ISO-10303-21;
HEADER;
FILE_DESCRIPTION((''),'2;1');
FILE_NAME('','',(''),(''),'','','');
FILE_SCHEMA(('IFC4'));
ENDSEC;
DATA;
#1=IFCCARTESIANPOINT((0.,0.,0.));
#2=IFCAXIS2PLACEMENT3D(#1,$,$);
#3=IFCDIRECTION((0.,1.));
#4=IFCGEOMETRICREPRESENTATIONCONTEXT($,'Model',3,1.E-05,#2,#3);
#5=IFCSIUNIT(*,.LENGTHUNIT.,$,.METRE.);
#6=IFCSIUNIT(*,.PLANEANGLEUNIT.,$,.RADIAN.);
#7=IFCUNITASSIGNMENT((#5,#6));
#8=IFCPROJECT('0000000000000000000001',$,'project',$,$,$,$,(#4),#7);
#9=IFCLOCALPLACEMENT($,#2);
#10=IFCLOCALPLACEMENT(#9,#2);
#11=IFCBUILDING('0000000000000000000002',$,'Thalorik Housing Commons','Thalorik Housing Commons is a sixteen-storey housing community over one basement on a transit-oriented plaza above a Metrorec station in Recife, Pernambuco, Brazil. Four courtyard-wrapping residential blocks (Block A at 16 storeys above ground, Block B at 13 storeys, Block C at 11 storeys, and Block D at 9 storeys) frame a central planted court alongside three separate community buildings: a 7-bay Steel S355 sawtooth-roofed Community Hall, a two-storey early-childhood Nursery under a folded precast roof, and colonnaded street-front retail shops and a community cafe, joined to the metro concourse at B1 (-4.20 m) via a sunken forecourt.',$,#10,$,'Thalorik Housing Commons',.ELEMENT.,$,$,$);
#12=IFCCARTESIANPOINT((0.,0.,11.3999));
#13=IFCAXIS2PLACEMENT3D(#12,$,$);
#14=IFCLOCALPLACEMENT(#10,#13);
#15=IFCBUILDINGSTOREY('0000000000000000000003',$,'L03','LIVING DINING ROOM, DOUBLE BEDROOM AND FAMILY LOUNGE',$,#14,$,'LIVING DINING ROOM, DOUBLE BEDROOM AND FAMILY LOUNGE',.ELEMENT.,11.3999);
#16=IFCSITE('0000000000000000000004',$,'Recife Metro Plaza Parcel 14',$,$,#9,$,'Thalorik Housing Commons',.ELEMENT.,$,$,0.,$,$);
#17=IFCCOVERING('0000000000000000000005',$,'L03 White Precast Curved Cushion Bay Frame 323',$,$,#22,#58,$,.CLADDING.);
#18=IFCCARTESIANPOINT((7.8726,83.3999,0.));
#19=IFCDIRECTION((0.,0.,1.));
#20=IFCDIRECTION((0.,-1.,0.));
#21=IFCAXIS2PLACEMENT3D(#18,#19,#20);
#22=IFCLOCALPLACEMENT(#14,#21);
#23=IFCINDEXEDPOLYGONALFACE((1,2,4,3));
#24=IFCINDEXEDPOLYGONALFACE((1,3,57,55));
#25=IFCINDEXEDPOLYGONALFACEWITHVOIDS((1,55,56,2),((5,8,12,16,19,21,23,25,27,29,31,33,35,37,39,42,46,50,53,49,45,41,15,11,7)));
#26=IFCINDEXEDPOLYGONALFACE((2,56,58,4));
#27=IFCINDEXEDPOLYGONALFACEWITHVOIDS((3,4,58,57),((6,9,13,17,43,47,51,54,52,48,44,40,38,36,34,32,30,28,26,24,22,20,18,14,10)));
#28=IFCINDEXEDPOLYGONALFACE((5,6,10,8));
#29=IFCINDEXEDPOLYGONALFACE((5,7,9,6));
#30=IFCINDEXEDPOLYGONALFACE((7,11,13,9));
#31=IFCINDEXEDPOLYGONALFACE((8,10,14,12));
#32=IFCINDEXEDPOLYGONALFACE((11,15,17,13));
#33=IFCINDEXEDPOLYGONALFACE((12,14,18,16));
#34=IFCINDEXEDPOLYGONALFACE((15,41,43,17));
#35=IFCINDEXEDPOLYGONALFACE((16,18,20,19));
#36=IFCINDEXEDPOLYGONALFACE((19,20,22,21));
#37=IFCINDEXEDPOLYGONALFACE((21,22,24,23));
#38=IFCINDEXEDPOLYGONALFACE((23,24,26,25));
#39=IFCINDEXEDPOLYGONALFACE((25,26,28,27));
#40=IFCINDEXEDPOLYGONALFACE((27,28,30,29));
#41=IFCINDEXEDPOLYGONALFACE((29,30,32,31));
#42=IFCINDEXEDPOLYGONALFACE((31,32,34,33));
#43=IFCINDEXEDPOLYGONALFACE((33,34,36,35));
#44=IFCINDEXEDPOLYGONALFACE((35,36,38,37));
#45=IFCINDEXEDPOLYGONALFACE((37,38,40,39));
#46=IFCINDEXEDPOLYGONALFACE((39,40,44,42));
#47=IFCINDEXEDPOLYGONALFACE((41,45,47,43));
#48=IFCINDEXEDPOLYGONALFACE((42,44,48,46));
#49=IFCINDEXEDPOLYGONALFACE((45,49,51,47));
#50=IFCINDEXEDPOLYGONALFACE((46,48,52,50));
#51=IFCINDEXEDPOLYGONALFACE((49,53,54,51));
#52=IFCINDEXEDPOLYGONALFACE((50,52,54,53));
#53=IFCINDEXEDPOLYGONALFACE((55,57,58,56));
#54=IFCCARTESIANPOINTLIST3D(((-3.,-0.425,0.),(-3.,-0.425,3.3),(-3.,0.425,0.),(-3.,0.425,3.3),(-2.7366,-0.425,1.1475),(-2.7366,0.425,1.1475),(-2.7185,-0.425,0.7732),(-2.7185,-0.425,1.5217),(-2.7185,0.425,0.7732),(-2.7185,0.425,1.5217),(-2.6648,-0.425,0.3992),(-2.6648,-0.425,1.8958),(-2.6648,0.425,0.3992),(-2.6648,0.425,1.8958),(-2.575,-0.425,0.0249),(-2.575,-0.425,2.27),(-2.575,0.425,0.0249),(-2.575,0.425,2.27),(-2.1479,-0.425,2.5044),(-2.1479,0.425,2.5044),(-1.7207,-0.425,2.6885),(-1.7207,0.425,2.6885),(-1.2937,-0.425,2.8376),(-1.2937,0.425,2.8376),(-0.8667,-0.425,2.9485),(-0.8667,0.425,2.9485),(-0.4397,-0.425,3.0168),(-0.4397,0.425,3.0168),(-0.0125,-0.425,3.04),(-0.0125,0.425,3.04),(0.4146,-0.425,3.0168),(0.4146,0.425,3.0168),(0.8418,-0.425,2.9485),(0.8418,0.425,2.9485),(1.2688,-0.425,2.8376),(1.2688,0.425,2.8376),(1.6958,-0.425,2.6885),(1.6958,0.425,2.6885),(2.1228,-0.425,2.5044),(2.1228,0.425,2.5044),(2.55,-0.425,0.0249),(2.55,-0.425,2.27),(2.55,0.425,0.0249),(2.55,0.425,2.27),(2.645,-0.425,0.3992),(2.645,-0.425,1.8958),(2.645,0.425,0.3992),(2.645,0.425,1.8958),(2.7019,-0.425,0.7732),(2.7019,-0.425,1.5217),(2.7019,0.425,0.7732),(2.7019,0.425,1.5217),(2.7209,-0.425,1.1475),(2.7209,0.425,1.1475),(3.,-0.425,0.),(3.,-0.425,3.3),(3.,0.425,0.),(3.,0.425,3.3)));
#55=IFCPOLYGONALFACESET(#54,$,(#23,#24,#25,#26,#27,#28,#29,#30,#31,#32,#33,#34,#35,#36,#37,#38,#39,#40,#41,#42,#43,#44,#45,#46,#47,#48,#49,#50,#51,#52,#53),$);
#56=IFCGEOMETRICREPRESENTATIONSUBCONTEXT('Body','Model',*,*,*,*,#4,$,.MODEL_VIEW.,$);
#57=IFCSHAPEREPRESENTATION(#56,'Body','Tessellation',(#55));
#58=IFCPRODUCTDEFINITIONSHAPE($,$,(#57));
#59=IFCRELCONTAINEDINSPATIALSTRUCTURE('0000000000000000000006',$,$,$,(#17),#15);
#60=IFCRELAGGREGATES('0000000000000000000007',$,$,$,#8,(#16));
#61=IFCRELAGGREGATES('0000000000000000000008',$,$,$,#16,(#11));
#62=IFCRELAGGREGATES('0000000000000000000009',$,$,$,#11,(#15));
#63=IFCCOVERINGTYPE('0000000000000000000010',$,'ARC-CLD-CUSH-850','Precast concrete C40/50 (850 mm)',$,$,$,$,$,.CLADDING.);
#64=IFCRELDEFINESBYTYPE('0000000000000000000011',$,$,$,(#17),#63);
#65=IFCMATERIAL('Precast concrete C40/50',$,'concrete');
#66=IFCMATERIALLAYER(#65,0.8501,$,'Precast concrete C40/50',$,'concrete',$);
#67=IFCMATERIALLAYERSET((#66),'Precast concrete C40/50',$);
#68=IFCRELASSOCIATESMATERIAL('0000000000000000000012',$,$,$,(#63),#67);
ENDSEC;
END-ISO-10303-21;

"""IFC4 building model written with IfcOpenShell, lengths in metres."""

from ifc_helpers import new_model, si_unit, direction, frame, origin, place, context, subcontext, project, spatial, polyline, outline, extrude, material, layer, layer_set, type_object, element, save


model = new_model("IFC4")

# Units and contexts
model_context = context("Model", 3, precision=1e-05, world=origin(), true_north=direction((0.0, 1.0)))
body_context = subcontext(model_context, "Body", "Model", "MODEL_VIEW")
ifc_project = project(units=[si_unit("LENGTHUNIT", "METRE"), si_unit("PLANEANGLEUNIT", "RADIAN")], contexts=[model_context])

# Site, building, storey
site_placement = place(None, origin())
site = spatial("IfcSite", under=ifc_project, at=site_placement, Name="Recife Metro Plaza Parcel 14", LongName="Thalorik Housing Commons", CompositionType="ELEMENT", RefElevation=0.0)
building_placement = place(site_placement, origin())
building = spatial("IfcBuilding", under=site, at=building_placement, Name="Thalorik Housing Commons", Description="Thalorik Housing Commons is a sixteen-storey housing community over one basement on a transit-oriented plaza above a Metrorec station in Recife, Pernambuco, Brazil. Four courtyard-wrapping residential blocks (Block A at 16 storeys above ground, Block B at 13 storeys, Block C at 11 storeys, and Block D at 9 storeys) frame a central planted court alongside three separate community buildings: a 7-bay Steel S355 sawtooth-roofed Community Hall, a two-storey early-childhood Nursery under a folded precast roof, and colonnaded street-front retail shops and a community cafe, joined to the metro concourse at B1 (-4.20 m) via a sunken forecourt.", LongName="Thalorik Housing Commons", CompositionType="ELEMENT")
storey_placement = place(building_placement, frame((0.0, 0.0, 11.3999)))
storey = spatial("IfcBuildingStorey", under=building, at=storey_placement, Name="L03", Description="LIVING DINING ROOM, DOUBLE BEDROOM AND FAMILY LOUNGE", LongName="LIVING DINING ROOM, DOUBLE BEDROOM AND FAMILY LOUNGE", CompositionType="ELEMENT", Elevation=11.3999)

# Shared definitions
ifc_material_1 = material(Name="Precast concrete C40/50", Category="concrete")

# Covering
ifc_layer_1 = layer(ifc_material_1, 0.8501, Name="Precast concrete C40/50", Category="concrete")
ifc_layer_set_1 = layer_set([ifc_layer_1], Name="Precast concrete C40/50")
covering_type_1 = type_object("IfcCoveringType", Name="ARC-CLD-CUSH-850", Description="Precast concrete C40/50 (850 mm)", PredefinedType="CLADDING", material=ifc_layer_set_1)
covering_1_placement = place(storey_placement, frame((7.8726, 83.3999, 0.0), z_axis=(0.0, 0.0, 1.0), x_axis=(0.0, -1.0, 0.0)))
element("IfcCovering", 1, at=covering_1_placement, inside=storey, type_object=covering_type_1, Name="L03 White Precast Curved Cushion Bay Frame 323", PredefinedType="CLADDING", context=body_context, shape_type="SweptSolid", body=[
    extrude(outline(polyline([(-3.0, 0.0), (3.0, 0.0), (3.0, 3.3), (-3.0, 3.3), (-3.0, 0.0)]), holes=[polyline([(2.55, 0.0249), (2.645, 0.3992), (2.7019, 0.7732), (2.7209, 1.1475), (2.7019, 1.5217), (2.645, 1.8958), (2.55, 2.27), (2.1228, 2.5044), (1.6958, 2.6885), (1.2688, 2.8376), (0.8418, 2.9485), (0.4146, 3.0168), (-0.0125, 3.04), (-0.4397, 3.0168), (-0.8667, 2.9485), (-1.2937, 2.8376), (-1.7207, 2.6885), (-2.1479, 2.5044), (-2.575, 2.27), (-2.6648, 1.8958), (-2.7185, 1.5217), (-2.7366, 1.1475), (-2.7185, 0.7732), (-2.6648, 0.3992), (-2.575, 0.0249), (2.55, 0.0249)])]), frame((0.0, 0.425, 0.0), z_axis=(0.0, -1.0, 0.0), x_axis=(1.0, 0.0, 0.0)), (0.0, 0.0, 1.0), 0.8501),
])

save(model, "model.ifc")
